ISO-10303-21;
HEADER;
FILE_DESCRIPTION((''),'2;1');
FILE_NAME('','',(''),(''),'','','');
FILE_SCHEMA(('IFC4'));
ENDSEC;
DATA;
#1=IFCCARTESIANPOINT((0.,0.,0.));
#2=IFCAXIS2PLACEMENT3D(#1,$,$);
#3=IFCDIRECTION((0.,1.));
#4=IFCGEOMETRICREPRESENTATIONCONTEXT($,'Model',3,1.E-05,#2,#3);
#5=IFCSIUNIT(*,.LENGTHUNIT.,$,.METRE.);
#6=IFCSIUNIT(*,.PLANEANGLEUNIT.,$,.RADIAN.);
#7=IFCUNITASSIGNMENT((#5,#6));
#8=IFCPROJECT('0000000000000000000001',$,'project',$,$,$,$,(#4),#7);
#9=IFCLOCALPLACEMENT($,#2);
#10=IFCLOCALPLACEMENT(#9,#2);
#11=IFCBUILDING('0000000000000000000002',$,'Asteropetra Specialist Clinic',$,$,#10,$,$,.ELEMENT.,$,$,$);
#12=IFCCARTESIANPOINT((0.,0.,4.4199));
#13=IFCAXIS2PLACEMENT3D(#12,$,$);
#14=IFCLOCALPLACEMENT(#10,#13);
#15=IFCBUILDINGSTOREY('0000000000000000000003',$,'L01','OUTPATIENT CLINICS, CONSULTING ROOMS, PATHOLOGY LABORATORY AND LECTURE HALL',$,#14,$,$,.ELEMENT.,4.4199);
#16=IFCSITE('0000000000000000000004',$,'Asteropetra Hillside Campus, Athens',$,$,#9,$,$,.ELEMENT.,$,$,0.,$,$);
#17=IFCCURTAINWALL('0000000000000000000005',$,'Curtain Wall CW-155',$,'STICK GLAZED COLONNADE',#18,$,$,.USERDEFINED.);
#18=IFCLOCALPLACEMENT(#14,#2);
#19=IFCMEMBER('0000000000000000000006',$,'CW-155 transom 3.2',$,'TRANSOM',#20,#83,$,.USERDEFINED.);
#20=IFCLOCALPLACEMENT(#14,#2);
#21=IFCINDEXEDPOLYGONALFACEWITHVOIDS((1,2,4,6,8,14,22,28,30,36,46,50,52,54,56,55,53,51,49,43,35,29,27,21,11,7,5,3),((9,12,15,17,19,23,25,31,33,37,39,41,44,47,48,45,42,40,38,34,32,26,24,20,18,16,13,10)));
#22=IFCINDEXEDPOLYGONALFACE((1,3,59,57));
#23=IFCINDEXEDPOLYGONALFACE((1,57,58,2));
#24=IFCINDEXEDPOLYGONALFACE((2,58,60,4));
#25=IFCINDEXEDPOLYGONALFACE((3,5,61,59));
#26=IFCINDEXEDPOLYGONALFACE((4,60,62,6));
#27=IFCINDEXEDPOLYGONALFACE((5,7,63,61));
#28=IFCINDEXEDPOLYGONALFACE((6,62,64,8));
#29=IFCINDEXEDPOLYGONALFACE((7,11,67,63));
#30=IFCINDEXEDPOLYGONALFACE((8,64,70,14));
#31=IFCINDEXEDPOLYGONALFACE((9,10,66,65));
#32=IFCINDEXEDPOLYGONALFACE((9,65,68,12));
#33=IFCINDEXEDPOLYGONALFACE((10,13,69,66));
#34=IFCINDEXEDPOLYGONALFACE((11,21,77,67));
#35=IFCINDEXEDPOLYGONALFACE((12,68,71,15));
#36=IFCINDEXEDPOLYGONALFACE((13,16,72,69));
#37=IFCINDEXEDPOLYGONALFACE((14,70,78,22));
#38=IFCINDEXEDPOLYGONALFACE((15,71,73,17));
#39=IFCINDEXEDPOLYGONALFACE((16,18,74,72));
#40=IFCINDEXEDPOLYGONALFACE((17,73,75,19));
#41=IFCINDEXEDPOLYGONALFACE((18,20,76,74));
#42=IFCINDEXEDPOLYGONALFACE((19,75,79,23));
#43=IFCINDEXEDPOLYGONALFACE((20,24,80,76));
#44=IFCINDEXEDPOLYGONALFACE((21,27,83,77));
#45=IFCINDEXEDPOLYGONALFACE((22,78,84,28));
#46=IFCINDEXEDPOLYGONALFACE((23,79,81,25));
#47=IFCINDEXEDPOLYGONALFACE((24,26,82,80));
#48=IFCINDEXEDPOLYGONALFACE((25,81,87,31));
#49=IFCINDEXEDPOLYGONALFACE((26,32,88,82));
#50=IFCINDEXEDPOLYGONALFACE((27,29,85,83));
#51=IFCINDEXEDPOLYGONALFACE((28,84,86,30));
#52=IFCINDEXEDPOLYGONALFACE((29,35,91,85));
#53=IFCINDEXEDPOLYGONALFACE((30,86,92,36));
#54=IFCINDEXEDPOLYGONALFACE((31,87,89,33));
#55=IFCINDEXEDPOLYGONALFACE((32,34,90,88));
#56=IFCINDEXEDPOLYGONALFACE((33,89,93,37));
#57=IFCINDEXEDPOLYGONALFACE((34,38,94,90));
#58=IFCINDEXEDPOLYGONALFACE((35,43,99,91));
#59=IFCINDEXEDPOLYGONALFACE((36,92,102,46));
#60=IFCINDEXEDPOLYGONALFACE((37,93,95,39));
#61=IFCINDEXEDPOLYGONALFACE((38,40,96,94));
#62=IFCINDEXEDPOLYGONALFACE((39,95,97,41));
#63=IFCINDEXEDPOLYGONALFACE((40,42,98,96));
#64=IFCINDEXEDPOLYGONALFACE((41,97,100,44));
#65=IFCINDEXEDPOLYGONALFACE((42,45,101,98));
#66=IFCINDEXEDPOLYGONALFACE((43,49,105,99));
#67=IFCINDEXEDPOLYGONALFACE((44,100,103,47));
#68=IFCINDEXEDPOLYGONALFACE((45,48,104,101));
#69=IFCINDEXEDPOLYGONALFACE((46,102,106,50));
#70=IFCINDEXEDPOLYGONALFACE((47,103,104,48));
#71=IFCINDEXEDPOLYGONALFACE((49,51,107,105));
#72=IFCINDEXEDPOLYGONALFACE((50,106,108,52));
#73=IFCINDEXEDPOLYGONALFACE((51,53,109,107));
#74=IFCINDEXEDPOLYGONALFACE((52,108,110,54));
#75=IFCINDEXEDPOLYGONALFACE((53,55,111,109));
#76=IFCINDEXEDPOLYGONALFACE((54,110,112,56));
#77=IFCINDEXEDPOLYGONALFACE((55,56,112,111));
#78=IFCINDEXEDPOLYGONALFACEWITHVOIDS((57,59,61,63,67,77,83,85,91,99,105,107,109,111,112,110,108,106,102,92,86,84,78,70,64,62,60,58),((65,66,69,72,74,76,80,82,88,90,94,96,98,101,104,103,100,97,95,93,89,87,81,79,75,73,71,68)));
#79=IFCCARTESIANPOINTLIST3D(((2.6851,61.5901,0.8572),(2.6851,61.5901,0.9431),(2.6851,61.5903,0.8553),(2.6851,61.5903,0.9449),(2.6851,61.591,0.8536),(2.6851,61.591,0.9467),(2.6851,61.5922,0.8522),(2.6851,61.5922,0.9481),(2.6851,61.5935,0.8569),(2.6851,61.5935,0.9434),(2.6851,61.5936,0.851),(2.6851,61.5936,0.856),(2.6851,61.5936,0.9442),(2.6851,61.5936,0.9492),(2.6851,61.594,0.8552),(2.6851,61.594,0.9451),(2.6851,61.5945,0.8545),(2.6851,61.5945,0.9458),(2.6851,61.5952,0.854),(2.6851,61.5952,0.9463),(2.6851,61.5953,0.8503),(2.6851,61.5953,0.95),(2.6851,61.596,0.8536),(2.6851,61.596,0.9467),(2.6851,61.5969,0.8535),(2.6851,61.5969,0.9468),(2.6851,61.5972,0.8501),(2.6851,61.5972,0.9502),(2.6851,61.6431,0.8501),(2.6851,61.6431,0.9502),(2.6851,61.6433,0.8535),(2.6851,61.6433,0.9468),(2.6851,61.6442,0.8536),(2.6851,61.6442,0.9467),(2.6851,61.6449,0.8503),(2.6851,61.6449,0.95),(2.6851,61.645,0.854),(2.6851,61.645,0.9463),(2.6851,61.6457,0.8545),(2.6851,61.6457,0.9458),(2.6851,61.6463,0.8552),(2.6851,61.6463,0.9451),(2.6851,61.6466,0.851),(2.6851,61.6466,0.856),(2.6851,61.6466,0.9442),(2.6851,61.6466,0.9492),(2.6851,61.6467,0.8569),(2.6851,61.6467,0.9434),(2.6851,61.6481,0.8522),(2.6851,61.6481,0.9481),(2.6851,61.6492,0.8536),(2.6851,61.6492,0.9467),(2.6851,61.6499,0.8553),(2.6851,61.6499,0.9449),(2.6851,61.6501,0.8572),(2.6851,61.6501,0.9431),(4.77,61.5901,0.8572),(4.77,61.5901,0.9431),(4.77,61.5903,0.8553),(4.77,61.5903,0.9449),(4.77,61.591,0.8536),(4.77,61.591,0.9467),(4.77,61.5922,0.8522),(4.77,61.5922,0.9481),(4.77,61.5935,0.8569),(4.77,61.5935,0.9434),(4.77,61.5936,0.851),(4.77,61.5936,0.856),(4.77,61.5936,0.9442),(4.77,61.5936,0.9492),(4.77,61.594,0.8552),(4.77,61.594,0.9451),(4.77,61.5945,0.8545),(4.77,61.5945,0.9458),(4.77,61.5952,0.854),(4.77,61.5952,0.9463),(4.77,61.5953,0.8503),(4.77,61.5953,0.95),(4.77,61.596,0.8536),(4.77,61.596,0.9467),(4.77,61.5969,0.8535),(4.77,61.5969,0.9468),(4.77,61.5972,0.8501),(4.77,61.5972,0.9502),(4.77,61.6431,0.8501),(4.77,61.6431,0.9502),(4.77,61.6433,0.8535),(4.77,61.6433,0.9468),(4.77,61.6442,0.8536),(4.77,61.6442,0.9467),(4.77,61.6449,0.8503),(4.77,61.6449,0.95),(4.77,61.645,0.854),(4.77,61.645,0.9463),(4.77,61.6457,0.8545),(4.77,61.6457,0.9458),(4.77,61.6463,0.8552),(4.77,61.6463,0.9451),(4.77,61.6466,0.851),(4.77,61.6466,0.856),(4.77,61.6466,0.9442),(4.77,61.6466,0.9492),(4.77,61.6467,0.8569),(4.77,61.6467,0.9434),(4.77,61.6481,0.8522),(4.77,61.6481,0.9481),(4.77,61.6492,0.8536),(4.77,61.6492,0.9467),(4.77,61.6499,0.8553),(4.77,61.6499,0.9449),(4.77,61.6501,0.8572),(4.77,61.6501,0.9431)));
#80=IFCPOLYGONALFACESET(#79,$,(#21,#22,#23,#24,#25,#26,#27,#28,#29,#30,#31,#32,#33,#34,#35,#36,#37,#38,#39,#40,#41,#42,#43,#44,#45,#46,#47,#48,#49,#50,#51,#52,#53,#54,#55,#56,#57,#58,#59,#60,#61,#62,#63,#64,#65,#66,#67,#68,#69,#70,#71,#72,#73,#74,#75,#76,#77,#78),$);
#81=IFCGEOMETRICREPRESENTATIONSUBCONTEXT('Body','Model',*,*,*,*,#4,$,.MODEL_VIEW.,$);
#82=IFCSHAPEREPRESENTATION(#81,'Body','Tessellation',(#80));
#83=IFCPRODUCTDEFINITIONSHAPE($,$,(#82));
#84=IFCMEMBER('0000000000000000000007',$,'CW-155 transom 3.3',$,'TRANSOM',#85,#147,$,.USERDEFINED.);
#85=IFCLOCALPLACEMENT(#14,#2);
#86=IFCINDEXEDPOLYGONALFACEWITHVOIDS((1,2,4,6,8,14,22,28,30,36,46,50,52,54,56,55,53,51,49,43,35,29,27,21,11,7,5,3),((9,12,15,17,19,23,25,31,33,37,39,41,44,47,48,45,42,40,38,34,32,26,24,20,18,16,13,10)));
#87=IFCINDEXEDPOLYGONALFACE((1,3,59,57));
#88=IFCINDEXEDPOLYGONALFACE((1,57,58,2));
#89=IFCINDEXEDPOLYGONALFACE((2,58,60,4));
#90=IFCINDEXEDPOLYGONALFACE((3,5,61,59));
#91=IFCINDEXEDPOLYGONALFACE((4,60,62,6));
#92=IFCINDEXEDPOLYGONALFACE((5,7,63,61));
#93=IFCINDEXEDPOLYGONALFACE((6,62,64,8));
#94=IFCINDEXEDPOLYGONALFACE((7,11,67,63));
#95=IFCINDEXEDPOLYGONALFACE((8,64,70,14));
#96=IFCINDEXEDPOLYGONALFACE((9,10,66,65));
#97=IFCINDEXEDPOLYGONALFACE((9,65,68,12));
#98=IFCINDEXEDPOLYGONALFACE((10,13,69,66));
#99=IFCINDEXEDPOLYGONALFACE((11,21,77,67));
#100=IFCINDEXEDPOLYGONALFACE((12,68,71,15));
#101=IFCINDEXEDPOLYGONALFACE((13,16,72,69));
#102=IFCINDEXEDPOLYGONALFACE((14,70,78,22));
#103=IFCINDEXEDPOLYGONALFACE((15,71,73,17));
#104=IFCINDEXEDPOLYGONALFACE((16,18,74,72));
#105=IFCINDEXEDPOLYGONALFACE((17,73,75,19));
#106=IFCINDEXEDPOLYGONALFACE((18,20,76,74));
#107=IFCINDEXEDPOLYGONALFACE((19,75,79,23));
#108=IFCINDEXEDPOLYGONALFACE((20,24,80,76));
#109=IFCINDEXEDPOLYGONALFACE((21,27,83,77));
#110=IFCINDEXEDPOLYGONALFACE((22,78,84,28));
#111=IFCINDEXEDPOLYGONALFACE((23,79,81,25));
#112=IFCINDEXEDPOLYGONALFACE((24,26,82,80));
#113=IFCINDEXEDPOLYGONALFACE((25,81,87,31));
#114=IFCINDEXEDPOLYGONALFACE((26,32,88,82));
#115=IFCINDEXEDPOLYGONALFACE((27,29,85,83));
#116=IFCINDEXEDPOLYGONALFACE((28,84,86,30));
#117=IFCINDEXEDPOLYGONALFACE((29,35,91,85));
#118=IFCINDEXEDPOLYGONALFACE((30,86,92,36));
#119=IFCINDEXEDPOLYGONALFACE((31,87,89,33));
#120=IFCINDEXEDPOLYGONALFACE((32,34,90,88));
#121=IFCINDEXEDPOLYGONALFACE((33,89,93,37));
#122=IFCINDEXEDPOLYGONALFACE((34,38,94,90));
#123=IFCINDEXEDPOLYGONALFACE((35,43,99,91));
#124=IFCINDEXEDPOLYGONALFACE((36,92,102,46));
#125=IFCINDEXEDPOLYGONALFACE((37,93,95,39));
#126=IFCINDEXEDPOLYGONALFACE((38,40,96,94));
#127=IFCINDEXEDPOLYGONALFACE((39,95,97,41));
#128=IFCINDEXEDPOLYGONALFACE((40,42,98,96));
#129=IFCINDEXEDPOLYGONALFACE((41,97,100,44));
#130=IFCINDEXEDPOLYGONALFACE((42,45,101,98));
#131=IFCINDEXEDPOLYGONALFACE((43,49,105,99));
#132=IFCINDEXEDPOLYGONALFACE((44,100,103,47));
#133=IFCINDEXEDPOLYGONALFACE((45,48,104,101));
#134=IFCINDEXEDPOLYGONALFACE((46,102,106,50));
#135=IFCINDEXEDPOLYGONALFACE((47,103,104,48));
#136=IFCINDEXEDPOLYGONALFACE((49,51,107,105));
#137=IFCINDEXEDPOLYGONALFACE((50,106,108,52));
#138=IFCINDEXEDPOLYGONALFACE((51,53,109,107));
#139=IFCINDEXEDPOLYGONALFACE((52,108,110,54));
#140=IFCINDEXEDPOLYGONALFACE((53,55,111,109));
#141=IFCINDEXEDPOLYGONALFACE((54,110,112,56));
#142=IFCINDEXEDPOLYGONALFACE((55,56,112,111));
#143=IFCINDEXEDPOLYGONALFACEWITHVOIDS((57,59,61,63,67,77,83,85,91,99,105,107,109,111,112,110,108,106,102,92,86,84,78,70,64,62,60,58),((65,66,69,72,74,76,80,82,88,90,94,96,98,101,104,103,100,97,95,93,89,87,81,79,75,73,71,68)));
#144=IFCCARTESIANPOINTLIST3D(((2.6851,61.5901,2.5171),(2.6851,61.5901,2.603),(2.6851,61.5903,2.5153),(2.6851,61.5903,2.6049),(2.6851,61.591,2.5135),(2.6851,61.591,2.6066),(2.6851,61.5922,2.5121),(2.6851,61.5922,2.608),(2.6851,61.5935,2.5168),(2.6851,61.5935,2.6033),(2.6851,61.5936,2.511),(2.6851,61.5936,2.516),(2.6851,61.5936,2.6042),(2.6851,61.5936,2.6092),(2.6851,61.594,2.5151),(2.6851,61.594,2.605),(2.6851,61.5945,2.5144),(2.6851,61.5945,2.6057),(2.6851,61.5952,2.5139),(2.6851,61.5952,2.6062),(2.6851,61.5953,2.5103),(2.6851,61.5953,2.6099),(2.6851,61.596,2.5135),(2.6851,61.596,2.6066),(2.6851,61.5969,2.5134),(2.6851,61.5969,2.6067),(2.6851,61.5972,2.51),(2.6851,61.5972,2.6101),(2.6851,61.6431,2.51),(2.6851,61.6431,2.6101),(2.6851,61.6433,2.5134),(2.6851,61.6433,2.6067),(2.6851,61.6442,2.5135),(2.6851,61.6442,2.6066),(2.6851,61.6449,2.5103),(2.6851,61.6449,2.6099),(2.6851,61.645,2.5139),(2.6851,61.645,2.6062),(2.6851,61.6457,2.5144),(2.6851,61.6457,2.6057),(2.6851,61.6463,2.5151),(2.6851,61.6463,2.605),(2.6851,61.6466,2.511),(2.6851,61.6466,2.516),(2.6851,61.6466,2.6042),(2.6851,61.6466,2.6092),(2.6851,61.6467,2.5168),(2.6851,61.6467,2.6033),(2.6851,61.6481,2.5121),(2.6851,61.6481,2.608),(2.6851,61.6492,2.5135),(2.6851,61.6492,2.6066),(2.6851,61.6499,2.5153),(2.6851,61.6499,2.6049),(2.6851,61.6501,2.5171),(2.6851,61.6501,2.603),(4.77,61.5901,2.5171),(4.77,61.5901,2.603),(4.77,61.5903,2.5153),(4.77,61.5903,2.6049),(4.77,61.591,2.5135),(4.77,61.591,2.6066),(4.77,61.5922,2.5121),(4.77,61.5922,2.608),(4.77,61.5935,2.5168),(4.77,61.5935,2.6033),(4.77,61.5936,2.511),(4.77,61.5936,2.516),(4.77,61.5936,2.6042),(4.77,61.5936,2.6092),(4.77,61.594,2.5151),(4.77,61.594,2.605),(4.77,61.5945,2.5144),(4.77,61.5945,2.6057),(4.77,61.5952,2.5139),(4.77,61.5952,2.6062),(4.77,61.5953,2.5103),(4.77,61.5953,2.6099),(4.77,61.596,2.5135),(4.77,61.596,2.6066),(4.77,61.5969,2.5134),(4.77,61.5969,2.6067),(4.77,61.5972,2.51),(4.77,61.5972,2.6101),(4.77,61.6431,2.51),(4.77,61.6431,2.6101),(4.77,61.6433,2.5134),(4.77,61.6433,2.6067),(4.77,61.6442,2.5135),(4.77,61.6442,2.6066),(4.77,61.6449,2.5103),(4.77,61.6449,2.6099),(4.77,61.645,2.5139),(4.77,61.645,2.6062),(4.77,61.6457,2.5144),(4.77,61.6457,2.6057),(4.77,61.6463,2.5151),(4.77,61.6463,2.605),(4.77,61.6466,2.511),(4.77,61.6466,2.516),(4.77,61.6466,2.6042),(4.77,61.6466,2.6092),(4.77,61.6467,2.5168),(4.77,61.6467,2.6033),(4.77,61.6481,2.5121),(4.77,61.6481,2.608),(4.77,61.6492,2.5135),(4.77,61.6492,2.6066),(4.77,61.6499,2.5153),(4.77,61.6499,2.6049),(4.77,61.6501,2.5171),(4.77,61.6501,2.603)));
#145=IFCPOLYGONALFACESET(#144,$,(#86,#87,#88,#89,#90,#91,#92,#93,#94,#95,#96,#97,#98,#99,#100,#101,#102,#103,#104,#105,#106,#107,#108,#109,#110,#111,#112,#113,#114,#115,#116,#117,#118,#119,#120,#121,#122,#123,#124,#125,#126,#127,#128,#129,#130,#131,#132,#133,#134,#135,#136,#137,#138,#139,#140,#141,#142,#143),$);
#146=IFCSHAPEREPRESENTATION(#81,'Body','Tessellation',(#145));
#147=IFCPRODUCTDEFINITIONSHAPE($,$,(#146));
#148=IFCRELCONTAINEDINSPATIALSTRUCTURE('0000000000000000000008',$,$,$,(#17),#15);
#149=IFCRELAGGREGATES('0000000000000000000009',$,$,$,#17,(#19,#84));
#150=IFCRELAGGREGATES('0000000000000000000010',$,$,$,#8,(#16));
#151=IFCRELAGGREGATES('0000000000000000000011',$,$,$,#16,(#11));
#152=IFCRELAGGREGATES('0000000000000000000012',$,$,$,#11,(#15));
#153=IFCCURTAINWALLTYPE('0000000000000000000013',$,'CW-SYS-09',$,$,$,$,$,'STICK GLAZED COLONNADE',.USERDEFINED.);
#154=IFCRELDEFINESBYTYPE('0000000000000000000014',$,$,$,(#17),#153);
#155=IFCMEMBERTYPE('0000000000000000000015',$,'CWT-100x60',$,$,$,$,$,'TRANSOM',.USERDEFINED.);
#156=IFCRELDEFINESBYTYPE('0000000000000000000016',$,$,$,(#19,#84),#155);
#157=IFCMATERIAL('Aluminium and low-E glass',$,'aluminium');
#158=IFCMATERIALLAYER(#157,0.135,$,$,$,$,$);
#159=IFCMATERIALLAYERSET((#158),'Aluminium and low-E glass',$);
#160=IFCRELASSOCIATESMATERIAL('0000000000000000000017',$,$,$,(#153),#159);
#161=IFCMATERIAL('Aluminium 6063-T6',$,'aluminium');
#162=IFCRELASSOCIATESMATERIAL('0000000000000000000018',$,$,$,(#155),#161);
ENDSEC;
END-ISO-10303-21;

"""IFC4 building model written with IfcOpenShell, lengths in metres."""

from ifc_helpers import new_model, si_unit, direction, frame, origin, origin_2d, place, context, subcontext, project, spatial, hollow_rectangle, extrude, material, layer, layer_set, material_profile, profile_set, type_object, element, aggregate, save


model = new_model("IFC4")

# Units and contexts
model_context = context("Model", 3, precision=1e-05, world=origin(), true_north=direction((0.0, 1.0)))
body_context = subcontext(model_context, "Body", "Model", "MODEL_VIEW")
ifc_project = project(units=[si_unit("LENGTHUNIT", "METRE"), si_unit("PLANEANGLEUNIT", "RADIAN")], contexts=[model_context])

# Site, building, storey
site_placement = place(None, origin())
site = spatial("IfcSite", under=ifc_project, at=site_placement, Name="Asteropetra Hillside Campus, Athens", CompositionType="ELEMENT", RefElevation=0.0)
building_placement = place(site_placement, origin())
building = spatial("IfcBuilding", under=site, at=building_placement, Name="Asteropetra Specialist Clinic", CompositionType="ELEMENT")
storey_placement = place(building_placement, frame((0.0, 0.0, 4.4199)))
storey = spatial("IfcBuildingStorey", under=building, at=storey_placement, Name="L01", Description="OUTPATIENT CLINICS, CONSULTING ROOMS, PATHOLOGY LABORATORY AND LECTURE HALL", CompositionType="ELEMENT", Elevation=4.4199)

# Curtain wall, members
ifc_material_1 = material(Name="Aluminium and low-E glass", Category="aluminium")
ifc_layer_1 = layer(ifc_material_1, 0.135)
ifc_layer_set_1 = layer_set([ifc_layer_1], Name="Aluminium and low-E glass")
curtain_wall_type = type_object("IfcCurtainWallType", Name="CW-SYS-09", ElementType="STICK GLAZED COLONNADE", PredefinedType="USERDEFINED", material=ifc_layer_set_1)
curtain_wall_placement = place(storey_placement, origin())
curtain_wall = element("IfcCurtainWall", 1, at=curtain_wall_placement, inside=storey, type_object=curtain_wall_type, Name="Curtain Wall CW-155", ObjectType="STICK GLAZED COLONNADE", PredefinedType="USERDEFINED")
ifc_material_2 = material(Name="Aluminium 6063-T6", Category="aluminium")
ifc_material_profile_1 = material_profile(ifc_material_2, hollow_rectangle(XDim=0.0601, YDim=0.1001, WallThickness=0.0034, InnerFilletRadius=0.0034, OuterFilletRadius=0.0071, at=origin_2d()), Name="TRN 100x60x3.5")
ifc_profile_set_1 = profile_set([ifc_material_profile_1], Name="Aluminium 6063-T6")
member_type_1 = type_object("IfcMemberType", Name="CWT-100x60", ElementType="TRANSOM", PredefinedType="USERDEFINED", material=ifc_profile_set_1)
member_1_placement = place(storey_placement, frame((4.77, 61.6201, 0.9001), z_axis=(-1.0, 0.0, 0.0), x_axis=(0.0, -1.0, 0.0)))
member_1 = element("IfcMember", 2, at=member_1_placement, type_object=member_type_1, Name="CW-155 transom 3.2", ObjectType="TRANSOM", PredefinedType="USERDEFINED", context=body_context, shape_type="SweptSolid", body=[
    extrude(hollow_rectangle(XDim=0.0601, YDim=0.1001, WallThickness=0.0034, InnerFilletRadius=0.0034, OuterFilletRadius=0.0071, at=origin_2d()), origin(), (0.0, 0.0, 1.0), 2.085),
])
member_2_placement = place(storey_placement, frame((4.77, 61.6201, 2.5601), z_axis=(-1.0, 0.0, 0.0), x_axis=(0.0, -1.0, 0.0)))
member_2 = element("IfcMember", 3, at=member_2_placement, type_object=member_type_1, Name="CW-155 transom 3.3", ObjectType="TRANSOM", PredefinedType="USERDEFINED", context=body_context, shape_type="SweptSolid", body=[
    extrude(hollow_rectangle(XDim=0.0601, YDim=0.1001, WallThickness=0.0034, InnerFilletRadius=0.0034, OuterFilletRadius=0.0071, at=origin_2d()), origin(), (0.0, 0.0, 1.0), 2.085),
])
aggregate(curtain_wall, [member_1, member_2])

save(model, "model.ifc")
